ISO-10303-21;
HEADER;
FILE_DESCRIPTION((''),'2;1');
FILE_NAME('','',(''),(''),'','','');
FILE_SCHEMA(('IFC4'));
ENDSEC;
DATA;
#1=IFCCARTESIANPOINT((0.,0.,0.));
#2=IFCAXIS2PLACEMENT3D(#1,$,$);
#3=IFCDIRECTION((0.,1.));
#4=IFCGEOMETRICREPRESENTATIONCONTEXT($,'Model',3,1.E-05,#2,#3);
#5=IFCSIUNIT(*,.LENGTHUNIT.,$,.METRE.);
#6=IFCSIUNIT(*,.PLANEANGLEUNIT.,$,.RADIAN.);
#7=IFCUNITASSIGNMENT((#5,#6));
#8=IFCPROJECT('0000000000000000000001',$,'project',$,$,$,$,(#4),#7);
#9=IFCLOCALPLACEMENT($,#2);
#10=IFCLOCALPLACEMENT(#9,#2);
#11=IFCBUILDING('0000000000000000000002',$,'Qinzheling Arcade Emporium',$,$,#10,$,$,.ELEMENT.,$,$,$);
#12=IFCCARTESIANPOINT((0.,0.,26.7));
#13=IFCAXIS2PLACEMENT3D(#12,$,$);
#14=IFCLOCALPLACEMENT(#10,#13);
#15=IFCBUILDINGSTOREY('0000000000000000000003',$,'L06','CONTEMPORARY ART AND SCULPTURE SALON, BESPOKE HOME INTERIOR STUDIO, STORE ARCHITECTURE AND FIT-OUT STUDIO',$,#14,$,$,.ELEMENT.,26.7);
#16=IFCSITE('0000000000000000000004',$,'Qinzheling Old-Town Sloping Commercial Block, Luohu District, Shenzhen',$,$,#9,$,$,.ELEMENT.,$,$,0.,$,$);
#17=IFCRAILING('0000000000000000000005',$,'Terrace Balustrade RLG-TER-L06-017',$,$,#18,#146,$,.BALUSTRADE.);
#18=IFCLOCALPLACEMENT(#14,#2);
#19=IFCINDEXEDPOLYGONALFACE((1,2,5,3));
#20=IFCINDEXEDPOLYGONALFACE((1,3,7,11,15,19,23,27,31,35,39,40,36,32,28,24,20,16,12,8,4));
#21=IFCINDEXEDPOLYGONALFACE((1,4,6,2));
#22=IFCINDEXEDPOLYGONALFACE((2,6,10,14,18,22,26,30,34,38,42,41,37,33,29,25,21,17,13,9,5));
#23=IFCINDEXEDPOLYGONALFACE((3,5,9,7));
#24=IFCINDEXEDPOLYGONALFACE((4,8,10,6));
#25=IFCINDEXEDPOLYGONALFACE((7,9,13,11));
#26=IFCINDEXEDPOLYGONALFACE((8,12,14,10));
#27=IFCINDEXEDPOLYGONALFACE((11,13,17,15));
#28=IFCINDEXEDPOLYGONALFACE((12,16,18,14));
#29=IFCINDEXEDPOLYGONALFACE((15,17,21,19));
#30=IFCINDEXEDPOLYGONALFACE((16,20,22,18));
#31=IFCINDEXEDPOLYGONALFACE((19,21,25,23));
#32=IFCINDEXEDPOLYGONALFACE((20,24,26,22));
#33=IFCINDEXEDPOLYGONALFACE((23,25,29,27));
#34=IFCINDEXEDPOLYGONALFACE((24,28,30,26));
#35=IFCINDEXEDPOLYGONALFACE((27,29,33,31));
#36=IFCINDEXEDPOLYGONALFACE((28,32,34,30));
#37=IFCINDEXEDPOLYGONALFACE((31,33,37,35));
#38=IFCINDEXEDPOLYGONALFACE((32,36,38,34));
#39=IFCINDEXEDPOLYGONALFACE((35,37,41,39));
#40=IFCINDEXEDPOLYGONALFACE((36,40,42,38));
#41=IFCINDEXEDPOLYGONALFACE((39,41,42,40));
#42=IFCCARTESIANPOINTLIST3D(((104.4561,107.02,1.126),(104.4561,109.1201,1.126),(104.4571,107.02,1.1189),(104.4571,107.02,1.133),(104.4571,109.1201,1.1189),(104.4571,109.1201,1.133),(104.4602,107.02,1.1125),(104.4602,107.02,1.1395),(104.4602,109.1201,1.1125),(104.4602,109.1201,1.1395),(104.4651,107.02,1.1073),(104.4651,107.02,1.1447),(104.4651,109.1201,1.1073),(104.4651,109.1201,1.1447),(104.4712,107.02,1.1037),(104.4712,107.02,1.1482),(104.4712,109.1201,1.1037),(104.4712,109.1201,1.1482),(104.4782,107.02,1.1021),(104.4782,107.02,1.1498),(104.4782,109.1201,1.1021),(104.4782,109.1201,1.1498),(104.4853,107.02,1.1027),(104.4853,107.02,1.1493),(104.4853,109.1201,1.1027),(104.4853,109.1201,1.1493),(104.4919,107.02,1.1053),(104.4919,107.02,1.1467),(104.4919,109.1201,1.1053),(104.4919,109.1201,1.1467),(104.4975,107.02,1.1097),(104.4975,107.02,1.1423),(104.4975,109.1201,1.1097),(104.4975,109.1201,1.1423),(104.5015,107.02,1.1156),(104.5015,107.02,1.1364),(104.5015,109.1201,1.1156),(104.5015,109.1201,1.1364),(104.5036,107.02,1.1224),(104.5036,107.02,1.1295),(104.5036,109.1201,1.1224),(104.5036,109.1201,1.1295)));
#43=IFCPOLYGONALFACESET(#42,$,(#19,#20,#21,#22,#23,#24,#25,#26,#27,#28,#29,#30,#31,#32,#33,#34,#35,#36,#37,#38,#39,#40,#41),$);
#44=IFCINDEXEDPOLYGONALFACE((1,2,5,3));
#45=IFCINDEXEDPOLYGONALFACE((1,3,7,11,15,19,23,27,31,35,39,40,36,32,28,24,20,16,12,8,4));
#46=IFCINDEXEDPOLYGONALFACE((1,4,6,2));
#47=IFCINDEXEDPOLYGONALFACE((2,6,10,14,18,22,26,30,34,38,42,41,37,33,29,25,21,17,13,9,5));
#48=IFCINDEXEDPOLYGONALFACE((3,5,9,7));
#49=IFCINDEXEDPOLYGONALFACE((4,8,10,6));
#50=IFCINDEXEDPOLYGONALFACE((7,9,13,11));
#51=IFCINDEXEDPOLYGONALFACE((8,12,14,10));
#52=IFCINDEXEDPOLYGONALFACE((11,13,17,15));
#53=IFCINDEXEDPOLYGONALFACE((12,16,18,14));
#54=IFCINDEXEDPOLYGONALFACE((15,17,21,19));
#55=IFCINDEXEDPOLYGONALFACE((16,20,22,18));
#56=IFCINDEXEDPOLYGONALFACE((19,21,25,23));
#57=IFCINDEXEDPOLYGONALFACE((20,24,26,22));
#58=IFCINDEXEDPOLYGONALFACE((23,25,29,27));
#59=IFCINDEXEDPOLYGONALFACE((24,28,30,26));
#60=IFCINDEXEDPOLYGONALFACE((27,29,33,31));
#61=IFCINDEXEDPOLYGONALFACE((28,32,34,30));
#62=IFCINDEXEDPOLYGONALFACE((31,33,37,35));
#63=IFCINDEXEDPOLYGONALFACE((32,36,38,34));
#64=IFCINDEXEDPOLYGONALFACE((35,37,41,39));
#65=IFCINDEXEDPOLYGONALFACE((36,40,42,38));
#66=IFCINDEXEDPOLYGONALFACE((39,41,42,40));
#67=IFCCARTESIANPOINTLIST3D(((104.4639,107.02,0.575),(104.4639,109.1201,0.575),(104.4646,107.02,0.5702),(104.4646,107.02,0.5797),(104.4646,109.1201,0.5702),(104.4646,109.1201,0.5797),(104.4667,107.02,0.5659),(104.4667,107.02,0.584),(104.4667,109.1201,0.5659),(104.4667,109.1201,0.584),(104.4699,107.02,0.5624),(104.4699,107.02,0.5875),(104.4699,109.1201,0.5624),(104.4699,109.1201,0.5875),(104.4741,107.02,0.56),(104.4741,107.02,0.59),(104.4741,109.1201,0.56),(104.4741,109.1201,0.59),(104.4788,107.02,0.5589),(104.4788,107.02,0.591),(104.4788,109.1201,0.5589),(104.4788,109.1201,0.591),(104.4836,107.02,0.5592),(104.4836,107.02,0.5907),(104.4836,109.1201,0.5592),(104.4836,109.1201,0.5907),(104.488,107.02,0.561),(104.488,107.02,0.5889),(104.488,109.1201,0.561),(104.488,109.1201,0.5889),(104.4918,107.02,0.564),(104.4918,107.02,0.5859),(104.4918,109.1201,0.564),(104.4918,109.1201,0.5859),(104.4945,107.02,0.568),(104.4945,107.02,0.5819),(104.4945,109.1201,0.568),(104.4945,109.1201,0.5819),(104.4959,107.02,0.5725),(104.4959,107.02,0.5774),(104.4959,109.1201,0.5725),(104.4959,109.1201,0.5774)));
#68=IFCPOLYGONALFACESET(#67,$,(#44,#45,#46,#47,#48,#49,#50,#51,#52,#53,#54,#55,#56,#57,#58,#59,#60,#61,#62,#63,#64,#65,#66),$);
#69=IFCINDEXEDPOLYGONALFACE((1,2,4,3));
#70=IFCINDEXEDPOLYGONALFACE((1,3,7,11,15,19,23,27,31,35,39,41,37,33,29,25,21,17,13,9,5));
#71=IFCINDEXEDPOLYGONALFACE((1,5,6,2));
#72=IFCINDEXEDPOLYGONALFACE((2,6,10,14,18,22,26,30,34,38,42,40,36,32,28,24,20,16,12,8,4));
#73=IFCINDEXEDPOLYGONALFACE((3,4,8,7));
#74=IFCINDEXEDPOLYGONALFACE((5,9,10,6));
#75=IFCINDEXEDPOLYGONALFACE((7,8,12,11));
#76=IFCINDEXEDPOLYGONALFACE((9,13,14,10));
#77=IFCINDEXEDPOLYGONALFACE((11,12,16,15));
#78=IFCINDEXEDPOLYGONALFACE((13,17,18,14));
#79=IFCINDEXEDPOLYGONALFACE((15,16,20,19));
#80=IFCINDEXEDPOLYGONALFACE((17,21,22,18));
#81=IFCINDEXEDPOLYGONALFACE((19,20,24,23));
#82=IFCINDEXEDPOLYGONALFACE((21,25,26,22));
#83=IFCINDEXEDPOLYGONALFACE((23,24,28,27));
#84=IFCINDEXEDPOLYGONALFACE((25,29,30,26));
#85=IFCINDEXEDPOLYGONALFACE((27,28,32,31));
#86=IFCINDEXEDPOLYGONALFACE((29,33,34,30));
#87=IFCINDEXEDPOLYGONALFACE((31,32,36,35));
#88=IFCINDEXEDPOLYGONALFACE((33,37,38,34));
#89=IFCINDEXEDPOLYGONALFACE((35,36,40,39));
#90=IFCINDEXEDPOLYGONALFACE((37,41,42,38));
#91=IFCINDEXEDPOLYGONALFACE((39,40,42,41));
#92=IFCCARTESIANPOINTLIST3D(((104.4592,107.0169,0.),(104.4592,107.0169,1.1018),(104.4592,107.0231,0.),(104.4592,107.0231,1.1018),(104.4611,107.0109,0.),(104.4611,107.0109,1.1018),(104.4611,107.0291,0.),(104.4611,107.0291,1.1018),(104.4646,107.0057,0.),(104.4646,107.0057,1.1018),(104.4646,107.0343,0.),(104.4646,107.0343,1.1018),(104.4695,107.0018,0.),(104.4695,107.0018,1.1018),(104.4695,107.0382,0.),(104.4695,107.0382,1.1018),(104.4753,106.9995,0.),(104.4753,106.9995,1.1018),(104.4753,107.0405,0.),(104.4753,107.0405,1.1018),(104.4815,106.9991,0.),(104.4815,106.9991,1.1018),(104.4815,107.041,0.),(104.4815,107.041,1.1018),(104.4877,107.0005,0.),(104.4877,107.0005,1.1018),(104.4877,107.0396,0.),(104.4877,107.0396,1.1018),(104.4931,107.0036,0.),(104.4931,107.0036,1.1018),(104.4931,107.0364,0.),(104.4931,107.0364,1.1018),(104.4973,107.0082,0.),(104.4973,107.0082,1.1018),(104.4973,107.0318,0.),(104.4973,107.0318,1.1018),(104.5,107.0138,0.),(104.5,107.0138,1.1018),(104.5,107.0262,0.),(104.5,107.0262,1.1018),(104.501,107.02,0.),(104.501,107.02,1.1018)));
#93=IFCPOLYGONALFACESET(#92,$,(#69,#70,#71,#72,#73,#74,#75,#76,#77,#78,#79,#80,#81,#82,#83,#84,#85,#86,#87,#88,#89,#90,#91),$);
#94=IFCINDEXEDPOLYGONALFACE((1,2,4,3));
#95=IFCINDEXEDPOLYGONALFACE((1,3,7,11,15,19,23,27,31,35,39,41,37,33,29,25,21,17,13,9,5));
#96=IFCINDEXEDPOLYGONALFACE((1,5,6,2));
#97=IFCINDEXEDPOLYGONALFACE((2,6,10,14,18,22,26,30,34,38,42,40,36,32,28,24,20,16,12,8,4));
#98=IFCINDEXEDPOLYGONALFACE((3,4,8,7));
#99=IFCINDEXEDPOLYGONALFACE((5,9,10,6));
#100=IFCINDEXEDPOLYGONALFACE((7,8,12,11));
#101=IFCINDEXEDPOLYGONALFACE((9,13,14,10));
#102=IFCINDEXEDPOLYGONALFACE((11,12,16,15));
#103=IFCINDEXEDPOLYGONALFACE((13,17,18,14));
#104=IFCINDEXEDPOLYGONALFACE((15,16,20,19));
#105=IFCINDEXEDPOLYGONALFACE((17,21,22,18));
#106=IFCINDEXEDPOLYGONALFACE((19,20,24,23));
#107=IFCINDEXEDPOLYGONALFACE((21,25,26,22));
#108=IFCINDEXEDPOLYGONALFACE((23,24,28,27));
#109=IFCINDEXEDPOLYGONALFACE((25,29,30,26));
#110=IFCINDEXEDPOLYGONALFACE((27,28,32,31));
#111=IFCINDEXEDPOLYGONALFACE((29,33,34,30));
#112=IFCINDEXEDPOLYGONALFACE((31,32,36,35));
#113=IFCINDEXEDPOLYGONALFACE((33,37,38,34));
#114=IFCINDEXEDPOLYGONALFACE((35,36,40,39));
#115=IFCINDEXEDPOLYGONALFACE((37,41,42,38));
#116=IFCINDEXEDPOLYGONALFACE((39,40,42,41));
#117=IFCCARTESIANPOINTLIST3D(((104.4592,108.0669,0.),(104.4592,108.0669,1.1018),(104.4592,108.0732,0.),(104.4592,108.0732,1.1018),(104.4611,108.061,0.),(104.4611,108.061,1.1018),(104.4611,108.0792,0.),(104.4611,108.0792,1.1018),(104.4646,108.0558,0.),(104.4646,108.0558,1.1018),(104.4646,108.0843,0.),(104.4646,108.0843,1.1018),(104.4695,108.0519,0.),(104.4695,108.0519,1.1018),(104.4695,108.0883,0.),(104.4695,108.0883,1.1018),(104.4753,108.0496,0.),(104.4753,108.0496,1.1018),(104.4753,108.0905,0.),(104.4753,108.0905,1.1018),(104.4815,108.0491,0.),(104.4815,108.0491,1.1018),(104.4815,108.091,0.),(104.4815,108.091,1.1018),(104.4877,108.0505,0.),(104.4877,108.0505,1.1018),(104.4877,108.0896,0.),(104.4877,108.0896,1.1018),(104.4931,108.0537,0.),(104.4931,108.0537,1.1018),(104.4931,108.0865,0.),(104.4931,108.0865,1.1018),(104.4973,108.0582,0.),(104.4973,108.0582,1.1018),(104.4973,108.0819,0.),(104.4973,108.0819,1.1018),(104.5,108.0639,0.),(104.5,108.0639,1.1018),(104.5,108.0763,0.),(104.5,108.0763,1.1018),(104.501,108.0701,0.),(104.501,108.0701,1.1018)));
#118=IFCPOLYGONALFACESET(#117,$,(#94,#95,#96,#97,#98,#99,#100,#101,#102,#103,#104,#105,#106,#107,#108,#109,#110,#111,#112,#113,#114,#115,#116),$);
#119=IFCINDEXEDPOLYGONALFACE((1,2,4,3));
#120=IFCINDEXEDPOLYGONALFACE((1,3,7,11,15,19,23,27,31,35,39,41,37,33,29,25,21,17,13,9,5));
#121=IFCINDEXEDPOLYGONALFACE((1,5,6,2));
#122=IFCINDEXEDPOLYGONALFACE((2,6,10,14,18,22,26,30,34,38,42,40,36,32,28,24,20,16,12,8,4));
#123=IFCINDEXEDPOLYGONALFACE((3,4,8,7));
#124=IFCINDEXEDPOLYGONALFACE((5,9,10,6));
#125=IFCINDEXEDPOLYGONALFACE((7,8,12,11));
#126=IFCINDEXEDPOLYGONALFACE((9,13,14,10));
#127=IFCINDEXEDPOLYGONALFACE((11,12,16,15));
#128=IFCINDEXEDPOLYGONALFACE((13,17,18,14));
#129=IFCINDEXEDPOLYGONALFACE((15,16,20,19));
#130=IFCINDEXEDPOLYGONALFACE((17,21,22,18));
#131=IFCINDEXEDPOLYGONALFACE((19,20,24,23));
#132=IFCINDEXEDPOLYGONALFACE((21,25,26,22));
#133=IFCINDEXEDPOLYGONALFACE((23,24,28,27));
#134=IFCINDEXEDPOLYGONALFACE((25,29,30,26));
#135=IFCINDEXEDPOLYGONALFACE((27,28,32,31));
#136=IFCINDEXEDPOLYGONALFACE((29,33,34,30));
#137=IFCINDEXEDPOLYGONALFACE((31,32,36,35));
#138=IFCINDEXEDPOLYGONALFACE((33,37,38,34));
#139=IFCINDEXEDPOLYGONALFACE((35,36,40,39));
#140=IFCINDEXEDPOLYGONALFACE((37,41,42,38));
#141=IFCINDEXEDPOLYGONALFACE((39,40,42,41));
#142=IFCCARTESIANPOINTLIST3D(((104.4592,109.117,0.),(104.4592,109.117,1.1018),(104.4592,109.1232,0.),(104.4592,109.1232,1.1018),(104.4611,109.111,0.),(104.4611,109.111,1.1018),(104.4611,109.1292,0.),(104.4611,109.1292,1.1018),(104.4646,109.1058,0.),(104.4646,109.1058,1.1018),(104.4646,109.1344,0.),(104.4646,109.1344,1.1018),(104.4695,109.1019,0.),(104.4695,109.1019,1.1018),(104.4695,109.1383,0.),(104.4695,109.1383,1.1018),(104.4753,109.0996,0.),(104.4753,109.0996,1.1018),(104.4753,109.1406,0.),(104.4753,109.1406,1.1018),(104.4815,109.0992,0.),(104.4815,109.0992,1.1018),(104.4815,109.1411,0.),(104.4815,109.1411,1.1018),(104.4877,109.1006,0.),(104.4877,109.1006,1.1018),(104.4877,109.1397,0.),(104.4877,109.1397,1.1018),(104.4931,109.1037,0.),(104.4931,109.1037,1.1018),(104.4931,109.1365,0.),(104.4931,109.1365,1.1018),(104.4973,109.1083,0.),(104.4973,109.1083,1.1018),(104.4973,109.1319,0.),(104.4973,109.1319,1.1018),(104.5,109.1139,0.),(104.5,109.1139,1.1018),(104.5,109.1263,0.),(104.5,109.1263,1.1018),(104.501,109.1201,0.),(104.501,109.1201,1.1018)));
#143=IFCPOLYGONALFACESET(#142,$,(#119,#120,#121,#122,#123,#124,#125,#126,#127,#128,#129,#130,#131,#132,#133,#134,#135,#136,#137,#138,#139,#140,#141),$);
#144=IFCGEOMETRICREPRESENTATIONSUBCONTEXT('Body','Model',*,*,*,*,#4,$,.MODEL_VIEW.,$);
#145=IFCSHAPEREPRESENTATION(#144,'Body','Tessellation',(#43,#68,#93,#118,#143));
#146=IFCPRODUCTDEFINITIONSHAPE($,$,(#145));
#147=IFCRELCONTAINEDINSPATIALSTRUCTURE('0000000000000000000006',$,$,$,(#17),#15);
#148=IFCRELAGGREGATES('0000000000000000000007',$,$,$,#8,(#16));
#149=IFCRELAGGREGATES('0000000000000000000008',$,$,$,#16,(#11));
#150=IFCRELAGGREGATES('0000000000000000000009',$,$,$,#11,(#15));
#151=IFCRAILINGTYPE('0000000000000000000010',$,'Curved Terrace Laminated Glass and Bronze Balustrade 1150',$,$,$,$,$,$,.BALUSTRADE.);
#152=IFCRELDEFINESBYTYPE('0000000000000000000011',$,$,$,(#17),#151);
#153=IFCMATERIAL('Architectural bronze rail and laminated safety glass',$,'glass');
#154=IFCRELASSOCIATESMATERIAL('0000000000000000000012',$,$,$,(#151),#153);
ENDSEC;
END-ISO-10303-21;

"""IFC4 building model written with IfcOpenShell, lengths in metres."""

from ifc_helpers import new_model, si_unit, direction, frame, origin, origin_2d, place, context, subcontext, project, spatial, circle, extrude, material, type_object, element, save


model = new_model("IFC4")

# Units and contexts
model_context = context("Model", 3, precision=1e-05, world=origin(), true_north=direction((0.0, 1.0)))
body_context = subcontext(model_context, "Body", "Model", "MODEL_VIEW")
ifc_project = project(units=[si_unit("LENGTHUNIT", "METRE"), si_unit("PLANEANGLEUNIT", "RADIAN")], contexts=[model_context])

# Site, building, storey
site_placement = place(None, origin())
site = spatial("IfcSite", under=ifc_project, at=site_placement, Name="Qinzheling Old-Town Sloping Commercial Block, Luohu District, Shenzhen", CompositionType="ELEMENT", RefElevation=0.0)
building_placement = place(site_placement, origin())
building = spatial("IfcBuilding", under=site, at=building_placement, Name="Qinzheling Arcade Emporium", CompositionType="ELEMENT")
storey_placement = place(building_placement, frame((0.0, 0.0, 26.7)))
storey = spatial("IfcBuildingStorey", under=building, at=storey_placement, Name="L06", Description="CONTEMPORARY ART AND SCULPTURE SALON, BESPOKE HOME INTERIOR STUDIO, STORE ARCHITECTURE AND FIT-OUT STUDIO", CompositionType="ELEMENT", Elevation=26.7)

# Railing
ifc_material_1 = material(Name="Architectural bronze rail and laminated safety glass", Category="glass")
railing_type = type_object("IfcRailingType", Name="Curved Terrace Laminated Glass and Bronze Balustrade 1150", PredefinedType="BALUSTRADE", material=ifc_material_1)
railing_1_placement = place(storey_placement, frame((104.48, 107.02, 0.0)))
element("IfcRailing", 1, at=railing_1_placement, inside=storey, type_object=railing_type, Name="Terrace Balustrade RLG-TER-L06-017", PredefinedType="BALUSTRADE", context=body_context, shape_type="SweptSolid", body=[
    extrude(circle(Radius=0.0239, at=origin_2d()), frame((0.0, 0.0, 1.126), z_axis=(0.0, 1.0, 0.0), x_axis=(-1.0, 0.0, 0.0)), (0.0, 0.0, 1.0), 2.1001),
    extrude(circle(Radius=0.0161, at=origin_2d()), frame((0.0, 0.0, 0.575), z_axis=(0.0, 1.0, 0.0), x_axis=(-1.0, 0.0, 0.0)), (0.0, 0.0, 1.0), 2.1001),
    extrude(circle(Radius=0.021, at=origin_2d()), origin(), (0.0, 0.0, 1.0), 1.1018),
    extrude(circle(Radius=0.021, at=origin_2d()), frame((0.0, 1.05, 0.0)), (0.0, 0.0, 1.0), 1.1018),
    extrude(circle(Radius=0.021, at=origin_2d()), frame((0.0, 2.1001, 0.0)), (0.0, 0.0, 1.0), 1.1018),
])

save(model, "model.ifc")
